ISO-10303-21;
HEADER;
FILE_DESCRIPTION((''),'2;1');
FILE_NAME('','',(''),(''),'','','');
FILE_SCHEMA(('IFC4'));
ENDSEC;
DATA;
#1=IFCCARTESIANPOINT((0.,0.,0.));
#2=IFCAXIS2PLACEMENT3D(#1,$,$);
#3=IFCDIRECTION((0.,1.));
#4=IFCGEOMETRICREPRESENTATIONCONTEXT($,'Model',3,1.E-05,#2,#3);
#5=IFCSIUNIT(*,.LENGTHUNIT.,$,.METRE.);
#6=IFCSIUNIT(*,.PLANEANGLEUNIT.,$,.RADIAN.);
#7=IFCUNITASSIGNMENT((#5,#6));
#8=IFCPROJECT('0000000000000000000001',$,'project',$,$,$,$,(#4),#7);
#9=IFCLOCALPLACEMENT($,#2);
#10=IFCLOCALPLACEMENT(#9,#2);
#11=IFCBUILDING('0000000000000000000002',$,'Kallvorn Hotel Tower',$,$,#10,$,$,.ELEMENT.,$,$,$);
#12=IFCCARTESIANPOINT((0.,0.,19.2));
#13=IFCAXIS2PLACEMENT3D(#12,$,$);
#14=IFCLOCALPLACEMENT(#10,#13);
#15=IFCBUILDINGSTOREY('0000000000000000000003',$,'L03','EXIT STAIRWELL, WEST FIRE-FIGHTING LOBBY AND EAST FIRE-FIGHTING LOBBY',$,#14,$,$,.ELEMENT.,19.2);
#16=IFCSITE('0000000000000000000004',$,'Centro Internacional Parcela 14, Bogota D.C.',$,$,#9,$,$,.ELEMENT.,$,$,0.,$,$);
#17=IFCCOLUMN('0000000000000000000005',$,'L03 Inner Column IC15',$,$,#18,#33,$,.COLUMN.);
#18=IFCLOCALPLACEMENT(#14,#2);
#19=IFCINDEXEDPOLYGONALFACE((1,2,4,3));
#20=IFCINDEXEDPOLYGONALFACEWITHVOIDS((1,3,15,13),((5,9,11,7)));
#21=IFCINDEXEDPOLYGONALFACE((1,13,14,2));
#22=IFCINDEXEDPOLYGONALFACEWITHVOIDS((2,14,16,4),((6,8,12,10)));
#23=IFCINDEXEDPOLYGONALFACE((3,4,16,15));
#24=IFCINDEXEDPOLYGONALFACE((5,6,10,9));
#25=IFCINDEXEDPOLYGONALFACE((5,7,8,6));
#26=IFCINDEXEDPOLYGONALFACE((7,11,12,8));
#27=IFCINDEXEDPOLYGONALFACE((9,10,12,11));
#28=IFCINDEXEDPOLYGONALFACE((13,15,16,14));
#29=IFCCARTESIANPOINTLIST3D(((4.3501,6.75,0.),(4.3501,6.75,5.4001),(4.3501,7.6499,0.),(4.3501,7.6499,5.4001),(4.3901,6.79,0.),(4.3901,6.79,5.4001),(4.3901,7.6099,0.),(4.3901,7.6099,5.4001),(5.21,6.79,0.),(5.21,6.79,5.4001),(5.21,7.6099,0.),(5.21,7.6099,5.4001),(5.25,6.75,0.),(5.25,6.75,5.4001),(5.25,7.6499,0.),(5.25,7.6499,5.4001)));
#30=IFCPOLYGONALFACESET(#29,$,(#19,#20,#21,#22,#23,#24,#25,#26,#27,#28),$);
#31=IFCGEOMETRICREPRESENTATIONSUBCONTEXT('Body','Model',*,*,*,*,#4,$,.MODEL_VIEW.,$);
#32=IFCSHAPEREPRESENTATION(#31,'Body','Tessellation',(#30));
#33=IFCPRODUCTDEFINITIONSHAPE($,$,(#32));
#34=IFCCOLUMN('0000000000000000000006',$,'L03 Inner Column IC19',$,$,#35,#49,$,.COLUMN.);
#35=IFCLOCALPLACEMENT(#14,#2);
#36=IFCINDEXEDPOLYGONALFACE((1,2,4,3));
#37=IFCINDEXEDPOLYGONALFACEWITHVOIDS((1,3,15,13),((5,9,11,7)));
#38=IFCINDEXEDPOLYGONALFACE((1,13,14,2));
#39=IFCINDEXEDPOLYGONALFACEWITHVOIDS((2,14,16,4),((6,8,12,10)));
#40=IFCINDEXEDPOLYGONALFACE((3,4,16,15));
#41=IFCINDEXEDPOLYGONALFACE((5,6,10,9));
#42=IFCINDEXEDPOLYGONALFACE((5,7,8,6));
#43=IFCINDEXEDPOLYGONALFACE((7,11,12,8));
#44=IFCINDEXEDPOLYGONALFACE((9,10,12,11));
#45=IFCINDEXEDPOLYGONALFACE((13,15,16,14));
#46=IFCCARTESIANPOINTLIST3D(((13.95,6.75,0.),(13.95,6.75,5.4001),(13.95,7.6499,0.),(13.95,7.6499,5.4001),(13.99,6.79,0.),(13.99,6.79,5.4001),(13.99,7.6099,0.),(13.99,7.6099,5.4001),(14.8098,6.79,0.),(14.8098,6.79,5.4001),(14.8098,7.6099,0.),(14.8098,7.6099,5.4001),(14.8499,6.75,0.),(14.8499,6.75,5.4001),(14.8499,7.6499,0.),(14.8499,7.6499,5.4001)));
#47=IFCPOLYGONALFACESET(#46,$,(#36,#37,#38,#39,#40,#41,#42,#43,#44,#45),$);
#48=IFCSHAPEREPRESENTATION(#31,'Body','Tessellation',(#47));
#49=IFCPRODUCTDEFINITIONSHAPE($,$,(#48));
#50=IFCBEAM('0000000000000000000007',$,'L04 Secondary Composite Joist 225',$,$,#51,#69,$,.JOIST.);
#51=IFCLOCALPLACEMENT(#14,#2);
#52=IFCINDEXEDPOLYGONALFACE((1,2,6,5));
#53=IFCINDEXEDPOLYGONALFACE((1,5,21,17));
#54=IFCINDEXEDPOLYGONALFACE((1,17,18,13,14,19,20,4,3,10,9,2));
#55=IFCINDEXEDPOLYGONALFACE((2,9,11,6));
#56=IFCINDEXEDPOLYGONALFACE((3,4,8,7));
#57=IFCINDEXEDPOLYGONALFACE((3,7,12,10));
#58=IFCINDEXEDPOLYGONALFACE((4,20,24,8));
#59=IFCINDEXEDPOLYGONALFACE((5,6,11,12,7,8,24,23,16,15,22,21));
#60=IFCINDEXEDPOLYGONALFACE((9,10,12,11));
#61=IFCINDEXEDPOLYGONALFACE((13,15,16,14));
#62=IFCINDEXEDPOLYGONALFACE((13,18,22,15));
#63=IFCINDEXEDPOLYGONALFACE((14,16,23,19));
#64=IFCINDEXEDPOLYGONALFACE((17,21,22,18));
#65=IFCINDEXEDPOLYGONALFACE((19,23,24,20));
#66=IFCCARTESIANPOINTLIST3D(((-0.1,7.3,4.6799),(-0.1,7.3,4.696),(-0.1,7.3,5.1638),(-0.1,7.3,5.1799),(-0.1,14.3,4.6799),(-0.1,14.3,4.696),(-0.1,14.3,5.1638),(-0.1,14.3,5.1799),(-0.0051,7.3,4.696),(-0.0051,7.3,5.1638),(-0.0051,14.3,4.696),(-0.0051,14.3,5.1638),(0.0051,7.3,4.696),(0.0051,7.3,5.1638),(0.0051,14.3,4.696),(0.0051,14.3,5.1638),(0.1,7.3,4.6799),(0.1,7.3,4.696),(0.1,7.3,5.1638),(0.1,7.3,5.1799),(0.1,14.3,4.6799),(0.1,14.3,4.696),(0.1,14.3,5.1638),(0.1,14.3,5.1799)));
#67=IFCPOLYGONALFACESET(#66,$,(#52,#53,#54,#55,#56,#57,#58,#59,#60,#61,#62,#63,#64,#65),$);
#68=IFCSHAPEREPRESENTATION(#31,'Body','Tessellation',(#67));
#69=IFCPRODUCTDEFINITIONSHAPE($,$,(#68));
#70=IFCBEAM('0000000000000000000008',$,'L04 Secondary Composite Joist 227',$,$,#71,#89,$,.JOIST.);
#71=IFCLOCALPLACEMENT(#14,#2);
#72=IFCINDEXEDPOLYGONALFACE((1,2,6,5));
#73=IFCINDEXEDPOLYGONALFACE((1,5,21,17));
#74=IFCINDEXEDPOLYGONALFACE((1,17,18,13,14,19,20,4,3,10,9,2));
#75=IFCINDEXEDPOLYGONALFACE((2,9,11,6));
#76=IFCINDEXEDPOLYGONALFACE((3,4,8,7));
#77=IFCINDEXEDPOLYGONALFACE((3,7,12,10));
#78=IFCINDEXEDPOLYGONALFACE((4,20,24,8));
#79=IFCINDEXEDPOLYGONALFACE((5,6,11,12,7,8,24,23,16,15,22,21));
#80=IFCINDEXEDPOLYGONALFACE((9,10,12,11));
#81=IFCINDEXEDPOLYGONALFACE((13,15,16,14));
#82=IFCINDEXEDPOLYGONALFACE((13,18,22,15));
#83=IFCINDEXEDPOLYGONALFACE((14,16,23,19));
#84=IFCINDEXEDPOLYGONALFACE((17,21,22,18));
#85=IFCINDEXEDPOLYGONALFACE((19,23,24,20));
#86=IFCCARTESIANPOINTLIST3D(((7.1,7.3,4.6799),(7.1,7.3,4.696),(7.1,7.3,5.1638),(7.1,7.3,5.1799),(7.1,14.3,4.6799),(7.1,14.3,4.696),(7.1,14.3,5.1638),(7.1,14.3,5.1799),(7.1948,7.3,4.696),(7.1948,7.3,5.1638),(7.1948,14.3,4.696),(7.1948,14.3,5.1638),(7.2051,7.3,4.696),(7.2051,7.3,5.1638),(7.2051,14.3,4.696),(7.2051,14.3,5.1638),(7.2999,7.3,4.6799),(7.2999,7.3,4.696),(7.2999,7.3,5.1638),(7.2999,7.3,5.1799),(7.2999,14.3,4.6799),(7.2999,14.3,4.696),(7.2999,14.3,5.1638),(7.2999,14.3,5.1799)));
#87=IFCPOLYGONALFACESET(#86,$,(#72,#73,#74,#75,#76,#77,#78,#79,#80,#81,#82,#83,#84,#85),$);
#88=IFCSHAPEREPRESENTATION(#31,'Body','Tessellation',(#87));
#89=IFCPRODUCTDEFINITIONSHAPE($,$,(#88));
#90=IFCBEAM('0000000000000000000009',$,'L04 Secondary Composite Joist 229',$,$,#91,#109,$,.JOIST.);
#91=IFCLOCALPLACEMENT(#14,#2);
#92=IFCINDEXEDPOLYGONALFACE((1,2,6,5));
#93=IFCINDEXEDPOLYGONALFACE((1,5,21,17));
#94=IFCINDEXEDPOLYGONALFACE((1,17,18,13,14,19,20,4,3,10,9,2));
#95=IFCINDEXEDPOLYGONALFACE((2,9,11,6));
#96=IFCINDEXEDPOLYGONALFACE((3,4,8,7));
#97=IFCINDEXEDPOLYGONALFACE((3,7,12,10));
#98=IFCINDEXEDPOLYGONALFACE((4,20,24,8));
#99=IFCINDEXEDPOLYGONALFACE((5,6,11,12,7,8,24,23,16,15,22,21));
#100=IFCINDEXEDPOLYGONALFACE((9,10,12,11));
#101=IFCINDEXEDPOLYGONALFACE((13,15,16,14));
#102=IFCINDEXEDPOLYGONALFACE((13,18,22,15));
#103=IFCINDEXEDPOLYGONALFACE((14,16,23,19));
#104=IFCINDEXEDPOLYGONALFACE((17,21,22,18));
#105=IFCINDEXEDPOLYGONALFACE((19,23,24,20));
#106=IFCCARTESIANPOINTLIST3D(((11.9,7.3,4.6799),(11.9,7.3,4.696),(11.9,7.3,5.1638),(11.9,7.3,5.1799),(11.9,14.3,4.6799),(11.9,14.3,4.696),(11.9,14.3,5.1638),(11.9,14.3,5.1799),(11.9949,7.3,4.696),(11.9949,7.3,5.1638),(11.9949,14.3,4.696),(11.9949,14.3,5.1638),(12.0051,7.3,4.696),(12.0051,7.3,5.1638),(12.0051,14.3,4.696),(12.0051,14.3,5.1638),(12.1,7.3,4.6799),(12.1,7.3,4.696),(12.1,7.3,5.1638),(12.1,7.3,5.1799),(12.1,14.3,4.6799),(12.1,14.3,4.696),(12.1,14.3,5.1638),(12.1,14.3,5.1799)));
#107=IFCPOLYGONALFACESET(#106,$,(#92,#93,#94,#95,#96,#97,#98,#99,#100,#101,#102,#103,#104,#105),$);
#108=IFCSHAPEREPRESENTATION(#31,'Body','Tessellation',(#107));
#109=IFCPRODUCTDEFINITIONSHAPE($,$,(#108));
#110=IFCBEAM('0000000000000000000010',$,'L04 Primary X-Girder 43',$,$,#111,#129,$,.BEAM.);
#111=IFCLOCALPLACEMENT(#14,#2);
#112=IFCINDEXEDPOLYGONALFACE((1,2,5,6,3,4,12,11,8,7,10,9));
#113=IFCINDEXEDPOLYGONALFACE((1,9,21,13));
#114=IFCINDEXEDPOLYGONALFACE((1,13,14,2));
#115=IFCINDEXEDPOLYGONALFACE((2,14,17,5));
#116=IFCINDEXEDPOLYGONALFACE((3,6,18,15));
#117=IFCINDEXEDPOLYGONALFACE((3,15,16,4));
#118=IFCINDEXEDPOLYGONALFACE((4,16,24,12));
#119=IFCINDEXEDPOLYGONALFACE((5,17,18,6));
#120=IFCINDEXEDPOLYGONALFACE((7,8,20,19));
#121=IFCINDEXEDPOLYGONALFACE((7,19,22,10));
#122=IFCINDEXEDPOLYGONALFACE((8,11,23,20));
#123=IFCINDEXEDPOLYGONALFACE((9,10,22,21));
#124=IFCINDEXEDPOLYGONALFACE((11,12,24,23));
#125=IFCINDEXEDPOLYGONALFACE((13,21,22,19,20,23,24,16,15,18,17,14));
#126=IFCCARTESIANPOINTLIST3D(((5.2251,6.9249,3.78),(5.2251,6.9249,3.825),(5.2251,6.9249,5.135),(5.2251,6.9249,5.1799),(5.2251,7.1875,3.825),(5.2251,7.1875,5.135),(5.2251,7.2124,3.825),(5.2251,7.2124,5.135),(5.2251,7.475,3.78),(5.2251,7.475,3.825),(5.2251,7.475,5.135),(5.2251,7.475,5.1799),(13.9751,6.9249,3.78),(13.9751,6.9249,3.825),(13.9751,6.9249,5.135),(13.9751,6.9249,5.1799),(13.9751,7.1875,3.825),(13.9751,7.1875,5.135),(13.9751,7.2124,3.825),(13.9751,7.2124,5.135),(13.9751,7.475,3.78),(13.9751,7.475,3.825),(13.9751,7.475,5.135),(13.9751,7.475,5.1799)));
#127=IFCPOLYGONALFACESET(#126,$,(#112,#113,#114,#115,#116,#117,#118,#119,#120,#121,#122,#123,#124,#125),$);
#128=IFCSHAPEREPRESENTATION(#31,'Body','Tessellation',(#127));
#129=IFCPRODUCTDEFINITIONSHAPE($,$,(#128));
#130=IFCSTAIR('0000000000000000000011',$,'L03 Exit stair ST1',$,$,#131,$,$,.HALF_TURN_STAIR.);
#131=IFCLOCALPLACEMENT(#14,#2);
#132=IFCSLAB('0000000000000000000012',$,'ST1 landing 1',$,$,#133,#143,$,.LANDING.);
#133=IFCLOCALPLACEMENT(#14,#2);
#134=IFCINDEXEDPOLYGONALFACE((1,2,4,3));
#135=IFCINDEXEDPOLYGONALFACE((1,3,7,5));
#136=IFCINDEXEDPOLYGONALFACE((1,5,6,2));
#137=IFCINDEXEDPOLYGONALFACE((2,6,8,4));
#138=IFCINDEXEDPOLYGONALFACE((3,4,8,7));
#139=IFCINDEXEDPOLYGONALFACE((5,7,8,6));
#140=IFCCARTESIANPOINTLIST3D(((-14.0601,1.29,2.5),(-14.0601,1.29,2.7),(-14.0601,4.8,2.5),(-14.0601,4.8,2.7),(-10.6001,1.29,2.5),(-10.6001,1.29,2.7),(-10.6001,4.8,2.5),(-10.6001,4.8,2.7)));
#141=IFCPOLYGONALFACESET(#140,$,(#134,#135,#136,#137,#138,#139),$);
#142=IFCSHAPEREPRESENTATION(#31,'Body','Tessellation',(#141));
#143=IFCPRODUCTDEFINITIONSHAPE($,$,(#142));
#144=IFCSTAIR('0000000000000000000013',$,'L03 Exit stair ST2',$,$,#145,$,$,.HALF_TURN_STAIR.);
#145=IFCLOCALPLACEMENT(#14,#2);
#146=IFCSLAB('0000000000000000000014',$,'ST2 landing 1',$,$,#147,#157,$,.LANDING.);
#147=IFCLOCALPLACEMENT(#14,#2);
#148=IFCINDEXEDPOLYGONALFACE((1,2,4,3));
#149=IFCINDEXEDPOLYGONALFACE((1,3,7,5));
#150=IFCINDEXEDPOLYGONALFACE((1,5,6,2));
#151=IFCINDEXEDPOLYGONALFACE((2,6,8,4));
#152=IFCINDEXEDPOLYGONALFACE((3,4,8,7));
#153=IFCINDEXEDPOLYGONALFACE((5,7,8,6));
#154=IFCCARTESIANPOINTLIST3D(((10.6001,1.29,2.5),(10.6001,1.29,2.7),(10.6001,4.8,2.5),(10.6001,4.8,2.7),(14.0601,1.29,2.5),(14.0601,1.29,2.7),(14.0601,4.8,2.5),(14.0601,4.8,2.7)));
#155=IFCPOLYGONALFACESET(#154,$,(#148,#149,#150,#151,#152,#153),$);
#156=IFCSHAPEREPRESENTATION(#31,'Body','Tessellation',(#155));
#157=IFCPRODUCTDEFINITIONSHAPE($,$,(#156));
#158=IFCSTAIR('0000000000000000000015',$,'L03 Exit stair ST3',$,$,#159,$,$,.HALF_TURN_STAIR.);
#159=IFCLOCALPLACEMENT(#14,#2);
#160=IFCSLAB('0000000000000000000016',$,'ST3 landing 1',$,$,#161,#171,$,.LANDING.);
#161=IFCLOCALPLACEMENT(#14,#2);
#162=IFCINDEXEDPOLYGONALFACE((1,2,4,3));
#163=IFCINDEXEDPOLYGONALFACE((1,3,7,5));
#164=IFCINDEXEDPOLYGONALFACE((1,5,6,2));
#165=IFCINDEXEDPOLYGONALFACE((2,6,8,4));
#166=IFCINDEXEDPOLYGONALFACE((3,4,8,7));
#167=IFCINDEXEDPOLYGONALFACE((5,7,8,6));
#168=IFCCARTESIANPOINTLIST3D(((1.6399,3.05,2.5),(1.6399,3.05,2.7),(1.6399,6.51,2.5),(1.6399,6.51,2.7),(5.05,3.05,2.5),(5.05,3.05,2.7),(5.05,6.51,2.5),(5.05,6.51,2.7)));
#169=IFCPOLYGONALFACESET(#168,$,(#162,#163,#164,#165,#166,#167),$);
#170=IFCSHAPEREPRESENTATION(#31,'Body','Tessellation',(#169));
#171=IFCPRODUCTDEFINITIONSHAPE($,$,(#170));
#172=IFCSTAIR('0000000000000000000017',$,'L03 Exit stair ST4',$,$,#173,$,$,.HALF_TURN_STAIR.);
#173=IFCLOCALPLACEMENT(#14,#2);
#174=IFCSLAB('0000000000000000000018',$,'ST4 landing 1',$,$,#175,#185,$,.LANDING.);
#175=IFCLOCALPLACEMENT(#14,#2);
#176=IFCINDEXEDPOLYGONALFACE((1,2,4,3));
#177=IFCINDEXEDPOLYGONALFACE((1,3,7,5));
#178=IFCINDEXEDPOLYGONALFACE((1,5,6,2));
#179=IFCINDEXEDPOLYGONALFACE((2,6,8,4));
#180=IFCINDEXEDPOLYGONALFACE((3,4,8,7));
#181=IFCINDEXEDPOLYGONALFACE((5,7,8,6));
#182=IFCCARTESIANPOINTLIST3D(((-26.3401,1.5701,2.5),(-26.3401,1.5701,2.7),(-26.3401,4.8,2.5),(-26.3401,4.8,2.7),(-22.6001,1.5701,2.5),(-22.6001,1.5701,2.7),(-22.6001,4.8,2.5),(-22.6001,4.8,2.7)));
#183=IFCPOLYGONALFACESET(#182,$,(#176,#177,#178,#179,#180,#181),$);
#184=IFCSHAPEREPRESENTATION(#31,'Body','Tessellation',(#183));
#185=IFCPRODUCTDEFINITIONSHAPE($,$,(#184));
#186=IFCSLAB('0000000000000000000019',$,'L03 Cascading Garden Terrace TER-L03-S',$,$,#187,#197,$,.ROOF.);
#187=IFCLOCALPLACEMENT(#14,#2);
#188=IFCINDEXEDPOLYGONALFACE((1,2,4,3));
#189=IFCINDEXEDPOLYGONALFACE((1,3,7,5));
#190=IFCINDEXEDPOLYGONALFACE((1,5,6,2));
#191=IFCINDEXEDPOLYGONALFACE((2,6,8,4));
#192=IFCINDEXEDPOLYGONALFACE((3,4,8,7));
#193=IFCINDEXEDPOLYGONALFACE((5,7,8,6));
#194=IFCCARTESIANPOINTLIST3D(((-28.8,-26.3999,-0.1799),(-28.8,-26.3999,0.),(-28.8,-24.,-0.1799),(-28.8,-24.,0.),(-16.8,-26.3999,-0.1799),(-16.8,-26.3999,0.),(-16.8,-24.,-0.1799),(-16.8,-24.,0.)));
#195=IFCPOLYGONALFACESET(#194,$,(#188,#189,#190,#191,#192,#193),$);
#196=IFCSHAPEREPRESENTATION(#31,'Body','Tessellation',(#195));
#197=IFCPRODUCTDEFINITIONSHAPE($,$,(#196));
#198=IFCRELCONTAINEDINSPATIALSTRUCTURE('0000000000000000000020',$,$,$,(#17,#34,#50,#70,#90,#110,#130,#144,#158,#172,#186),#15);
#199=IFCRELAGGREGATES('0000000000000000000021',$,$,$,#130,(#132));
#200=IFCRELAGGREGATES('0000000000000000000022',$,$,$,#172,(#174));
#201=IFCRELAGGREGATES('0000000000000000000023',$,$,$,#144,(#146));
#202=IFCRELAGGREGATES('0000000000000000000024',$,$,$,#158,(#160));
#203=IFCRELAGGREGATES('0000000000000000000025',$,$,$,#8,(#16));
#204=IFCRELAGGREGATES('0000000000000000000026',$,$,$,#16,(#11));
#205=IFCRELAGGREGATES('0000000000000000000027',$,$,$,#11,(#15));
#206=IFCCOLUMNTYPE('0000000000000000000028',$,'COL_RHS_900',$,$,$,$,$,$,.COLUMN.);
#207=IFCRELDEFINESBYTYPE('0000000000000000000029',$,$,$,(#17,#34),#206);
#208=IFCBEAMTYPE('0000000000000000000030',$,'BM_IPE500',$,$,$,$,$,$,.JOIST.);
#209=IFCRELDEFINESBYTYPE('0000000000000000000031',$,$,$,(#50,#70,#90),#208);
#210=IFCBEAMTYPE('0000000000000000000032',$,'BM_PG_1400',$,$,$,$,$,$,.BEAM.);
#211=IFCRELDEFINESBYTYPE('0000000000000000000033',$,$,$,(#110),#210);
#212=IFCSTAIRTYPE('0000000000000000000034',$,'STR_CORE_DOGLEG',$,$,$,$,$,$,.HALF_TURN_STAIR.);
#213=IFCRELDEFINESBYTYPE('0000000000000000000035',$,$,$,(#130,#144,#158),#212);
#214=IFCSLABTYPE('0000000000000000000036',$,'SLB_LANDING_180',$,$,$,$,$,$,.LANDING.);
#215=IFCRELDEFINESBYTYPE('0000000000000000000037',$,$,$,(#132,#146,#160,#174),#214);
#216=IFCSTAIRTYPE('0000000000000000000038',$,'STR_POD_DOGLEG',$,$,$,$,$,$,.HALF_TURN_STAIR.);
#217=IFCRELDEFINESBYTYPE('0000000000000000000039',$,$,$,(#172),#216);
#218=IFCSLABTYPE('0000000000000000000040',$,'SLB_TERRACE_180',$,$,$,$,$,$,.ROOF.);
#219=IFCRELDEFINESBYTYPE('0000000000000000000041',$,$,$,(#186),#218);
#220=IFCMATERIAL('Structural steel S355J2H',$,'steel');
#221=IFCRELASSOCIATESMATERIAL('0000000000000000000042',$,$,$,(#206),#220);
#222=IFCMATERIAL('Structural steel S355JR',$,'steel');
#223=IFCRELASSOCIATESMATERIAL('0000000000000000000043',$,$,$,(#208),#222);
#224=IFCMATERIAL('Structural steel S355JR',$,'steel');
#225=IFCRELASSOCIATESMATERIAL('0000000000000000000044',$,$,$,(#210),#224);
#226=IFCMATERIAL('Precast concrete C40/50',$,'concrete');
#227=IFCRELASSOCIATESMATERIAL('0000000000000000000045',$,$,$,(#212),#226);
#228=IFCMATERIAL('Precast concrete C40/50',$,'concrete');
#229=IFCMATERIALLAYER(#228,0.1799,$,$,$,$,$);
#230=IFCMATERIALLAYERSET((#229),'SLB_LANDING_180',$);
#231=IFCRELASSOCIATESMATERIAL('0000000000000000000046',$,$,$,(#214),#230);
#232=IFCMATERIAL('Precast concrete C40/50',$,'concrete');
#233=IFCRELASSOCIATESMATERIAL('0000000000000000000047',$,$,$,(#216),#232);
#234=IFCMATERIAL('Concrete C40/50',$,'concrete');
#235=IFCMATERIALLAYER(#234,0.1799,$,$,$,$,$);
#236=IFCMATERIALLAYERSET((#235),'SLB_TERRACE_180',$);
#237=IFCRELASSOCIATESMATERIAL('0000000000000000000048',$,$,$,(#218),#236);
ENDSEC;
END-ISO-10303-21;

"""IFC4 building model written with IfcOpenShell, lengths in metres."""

from ifc_helpers import new_model, si_unit, direction, frame, origin, origin_2d, place, context, subcontext, project, spatial, polyline, hollow_rectangle, i_section, outline, extrude, material, layer, layer_set, material_profile, profile_set, type_object, element, aggregate, save


model = new_model("IFC4")

# Units and contexts
model_context = context("Model", 3, precision=1e-05, world=origin(), true_north=direction((0.0, 1.0)))
body_context = subcontext(model_context, "Body", "Model", "MODEL_VIEW")
ifc_project = project(units=[si_unit("LENGTHUNIT", "METRE"), si_unit("PLANEANGLEUNIT", "RADIAN")], contexts=[model_context])

# Site, building, storey
site_placement = place(None, origin())
site = spatial("IfcSite", under=ifc_project, at=site_placement, Name="Centro Internacional Parcela 14, Bogota D.C.", CompositionType="ELEMENT", RefElevation=0.0)
building_placement = place(site_placement, origin())
building = spatial("IfcBuilding", under=site, at=building_placement, Name="Kallvorn Hotel Tower", CompositionType="ELEMENT")
storey_placement = place(building_placement, frame((0.0, 0.0, 19.2)))
storey = spatial("IfcBuildingStorey", under=building, at=storey_placement, Name="L03", Description="EXIT STAIRWELL, WEST FIRE-FIGHTING LOBBY AND EAST FIRE-FIGHTING LOBBY", CompositionType="ELEMENT", Elevation=19.2)

# Columns
ifc_material_1 = material(Name="Structural steel S355J2H", Category="steel")
ifc_material_profile_1 = material_profile(ifc_material_1, hollow_rectangle(XDim=0.8999, YDim=0.8999, WallThickness=0.04, at=origin_2d()), Name="RHS 900x900x40")
ifc_profile_set_1 = profile_set([ifc_material_profile_1], Name="Structural steel S355J2H")
column_type = type_object("IfcColumnType", Name="COL_RHS_900", PredefinedType="COLUMN", material=ifc_profile_set_1)
for number, where, z_axis, x_axis, name in (
    (1, (4.8, 7.2, 0.0), (0.0, 0.0, 1.0), (1.0, 0.0, 0.0), "L03 Inner Column IC15"),
    (2, (14.3999, 7.2, 0.0), (0.0, 0.0, 1.0), (1.0, 0.0, 0.0), "L03 Inner Column IC19"),
):
    element("IfcColumn", number, at=place(storey_placement, frame(where, z_axis=z_axis, x_axis=x_axis)), inside=storey, type_object=column_type, Name=name, PredefinedType="COLUMN", context=body_context, shape_type="SweptSolid", body=[
        extrude(hollow_rectangle(XDim=0.8999, YDim=0.8999, WallThickness=0.04, at=origin_2d()), origin(), (0.0, 0.0, 1.0), 5.4001),
    ])

# Beams
ifc_material_2 = material(Name="Structural steel S355JR", Category="steel")
ifc_material_profile_2 = material_profile(ifc_material_2, i_section(OverallWidth=0.2, OverallDepth=0.5, WebThickness=0.0103, FlangeThickness=0.0161, at=origin_2d()), Name="IPE 500")
ifc_profile_set_2 = profile_set([ifc_material_profile_2], Name="Structural steel S355JR")
beam_type_1 = type_object("IfcBeamType", Name="BM_IPE500", PredefinedType="JOIST", material=ifc_profile_set_2)
for number, where, z_axis, x_axis, name in (
    (3, (0.0, 7.3, 4.9299), (0.0, 1.0, 0.0), (-1.0, 0.0, 0.0), "L04 Secondary Composite Joist 225"),
    (4, (7.2, 7.3, 4.9299), (0.0, 1.0, 0.0), (-1.0, 0.0, 0.0), "L04 Secondary Composite Joist 227"),
    (5, (12.0, 7.3, 4.9299), (0.0, 1.0, 0.0), (-1.0, 0.0, 0.0), "L04 Secondary Composite Joist 229"),
):
    element("IfcBeam", number, at=place(storey_placement, frame(where, z_axis=z_axis, x_axis=x_axis)), inside=storey, type_object=beam_type_1, Name=name, PredefinedType="JOIST", context=body_context, shape_type="SweptSolid", body=[
        extrude(i_section(OverallWidth=0.2, OverallDepth=0.5, WebThickness=0.0103, FlangeThickness=0.0161, at=origin_2d()), origin(), (0.0, 0.0, 1.0), 7.0),
    ])
ifc_material_3 = material(Name="Structural steel S355JR", Category="steel")
ifc_material_profile_3 = material_profile(ifc_material_3, i_section(OverallWidth=0.55, OverallDepth=1.3999, WebThickness=0.0249, FlangeThickness=0.0449, at=origin_2d()), Name="PG 1400x550x25x45")
ifc_profile_set_3 = profile_set([ifc_material_profile_3], Name="Structural steel S355JR")
beam_type_2 = type_object("IfcBeamType", Name="BM_PG_1400", PredefinedType="BEAM", material=ifc_profile_set_3)
beam_placement = place(storey_placement, frame((5.2251, 7.2, 4.48), z_axis=(1.0, 0.0, 0.0), x_axis=(0.0, 1.0, 0.0)))
element("IfcBeam", 6, at=beam_placement, inside=storey, type_object=beam_type_2, Name="L04 Primary X-Girder 43", PredefinedType="BEAM", context=body_context, shape_type="SweptSolid", body=[
    extrude(i_section(OverallWidth=0.55, OverallDepth=1.3999, WebThickness=0.0249, FlangeThickness=0.0449, at=origin_2d()), origin(), (0.0, 0.0, 1.0), 8.75),
])

# Stairs, slabs
ifc_material_4 = material(Name="Precast concrete C40/50", Category="concrete")
stair_type_1 = type_object("IfcStairType", Name="STR_CORE_DOGLEG", PredefinedType="HALF_TURN_STAIR", material=ifc_material_4)
stair_1_placement = place(storey_placement, origin())
stair_1 = element("IfcStair", 7, at=stair_1_placement, inside=storey, type_object=stair_type_1, Name="L03 Exit stair ST1", PredefinedType="HALF_TURN_STAIR")
ifc_material_5 = material(Name="Precast concrete C40/50", Category="concrete")
ifc_layer_1 = layer(ifc_material_5, 0.1799)
ifc_layer_set_1 = layer_set([ifc_layer_1], Name="SLB_LANDING_180")
slab_type_1 = type_object("IfcSlabType", Name="SLB_LANDING_180", PredefinedType="LANDING", material=ifc_layer_set_1)
slab_1_placement = place(storey_placement, frame((0.0, 0.0, 2.5)))
slab_1 = element("IfcSlab", 8, at=slab_1_placement, type_object=slab_type_1, Name="ST1 landing 1", PredefinedType="LANDING", context=body_context, shape_type="SweptSolid", body=[
    extrude(outline(polyline([(-10.6001, 1.29), (-10.6001, 4.8), (-14.0601, 4.8), (-14.0601, 1.29), (-10.6001, 1.29)])), origin(), (0.0, 0.0, 1.0), 0.2),
])
aggregate(stair_1, [slab_1])
stair_2_placement = place(storey_placement, origin())
stair_2 = element("IfcStair", 9, at=stair_2_placement, inside=storey, type_object=stair_type_1, Name="L03 Exit stair ST2", PredefinedType="HALF_TURN_STAIR")
slab_2_placement = place(storey_placement, frame((0.0, 0.0, 2.5)))
slab_2 = element("IfcSlab", 10, at=slab_2_placement, type_object=slab_type_1, Name="ST2 landing 1", PredefinedType="LANDING", context=body_context, shape_type="SweptSolid", body=[
    extrude(outline(polyline([(14.0601, 1.29), (14.0601, 4.8), (10.6001, 4.8), (10.6001, 1.29), (14.0601, 1.29)])), origin(), (0.0, 0.0, 1.0), 0.2),
])
stair_3_placement = place(storey_placement, origin())
stair_3 = element("IfcStair", 11, at=stair_3_placement, inside=storey, type_object=stair_type_1, Name="L03 Exit stair ST3", PredefinedType="HALF_TURN_STAIR")
slab_3_placement = place(storey_placement, frame((0.0, 0.0, 2.5)))
slab_3 = element("IfcSlab", 12, at=slab_3_placement, type_object=slab_type_1, Name="ST3 landing 1", PredefinedType="LANDING", context=body_context, shape_type="SweptSolid", body=[
    extrude(outline(polyline([(1.6399, 3.05), (5.05, 3.05), (5.05, 6.51), (1.6399, 6.51), (1.6399, 3.05)])), origin(), (0.0, 0.0, 1.0), 0.2),
])
ifc_material_6 = material(Name="Precast concrete C40/50", Category="concrete")
stair_type_2 = type_object("IfcStairType", Name="STR_POD_DOGLEG", PredefinedType="HALF_TURN_STAIR", material=ifc_material_6)
stair_4_placement = place(storey_placement, origin())
stair_4 = element("IfcStair", 13, at=stair_4_placement, inside=storey, type_object=stair_type_2, Name="L03 Exit stair ST4", PredefinedType="HALF_TURN_STAIR")
slab_4_placement = place(storey_placement, frame((0.0, 0.0, 2.5)))
slab_4 = element("IfcSlab", 14, at=slab_4_placement, type_object=slab_type_1, Name="ST4 landing 1", PredefinedType="LANDING", context=body_context, shape_type="SweptSolid", body=[
    extrude(outline(polyline([(-22.6001, 1.5701), (-22.6001, 4.8), (-26.3401, 4.8), (-26.3401, 1.5701), (-22.6001, 1.5701)])), origin(), (0.0, 0.0, 1.0), 0.2),
])
aggregate(stair_4, [slab_4])

# Slab
ifc_material_7 = material(Name="Concrete C40/50", Category="concrete")
ifc_layer_2 = layer(ifc_material_7, 0.1799)
ifc_layer_set_2 = layer_set([ifc_layer_2], Name="SLB_TERRACE_180")
slab_type_2 = type_object("IfcSlabType", Name="SLB_TERRACE_180", PredefinedType="ROOF", material=ifc_layer_set_2)
slab_5_placement = place(storey_placement, frame((0.0, 0.0, -0.1799)))
element("IfcSlab", 15, at=slab_5_placement, inside=storey, type_object=slab_type_2, Name="L03 Cascading Garden Terrace TER-L03-S", PredefinedType="ROOF", context=body_context, shape_type="SweptSolid", body=[
    extrude(outline(polyline([(-28.8, -26.3999), (-16.8, -26.3999), (-16.8, -24.0), (-28.8, -24.0), (-28.8, -26.3999)])), origin(), (0.0, 0.0, 1.0), 0.1799),
])

aggregate(stair_2, [slab_2])
aggregate(stair_3, [slab_3])

save(model, "model.ifc")
